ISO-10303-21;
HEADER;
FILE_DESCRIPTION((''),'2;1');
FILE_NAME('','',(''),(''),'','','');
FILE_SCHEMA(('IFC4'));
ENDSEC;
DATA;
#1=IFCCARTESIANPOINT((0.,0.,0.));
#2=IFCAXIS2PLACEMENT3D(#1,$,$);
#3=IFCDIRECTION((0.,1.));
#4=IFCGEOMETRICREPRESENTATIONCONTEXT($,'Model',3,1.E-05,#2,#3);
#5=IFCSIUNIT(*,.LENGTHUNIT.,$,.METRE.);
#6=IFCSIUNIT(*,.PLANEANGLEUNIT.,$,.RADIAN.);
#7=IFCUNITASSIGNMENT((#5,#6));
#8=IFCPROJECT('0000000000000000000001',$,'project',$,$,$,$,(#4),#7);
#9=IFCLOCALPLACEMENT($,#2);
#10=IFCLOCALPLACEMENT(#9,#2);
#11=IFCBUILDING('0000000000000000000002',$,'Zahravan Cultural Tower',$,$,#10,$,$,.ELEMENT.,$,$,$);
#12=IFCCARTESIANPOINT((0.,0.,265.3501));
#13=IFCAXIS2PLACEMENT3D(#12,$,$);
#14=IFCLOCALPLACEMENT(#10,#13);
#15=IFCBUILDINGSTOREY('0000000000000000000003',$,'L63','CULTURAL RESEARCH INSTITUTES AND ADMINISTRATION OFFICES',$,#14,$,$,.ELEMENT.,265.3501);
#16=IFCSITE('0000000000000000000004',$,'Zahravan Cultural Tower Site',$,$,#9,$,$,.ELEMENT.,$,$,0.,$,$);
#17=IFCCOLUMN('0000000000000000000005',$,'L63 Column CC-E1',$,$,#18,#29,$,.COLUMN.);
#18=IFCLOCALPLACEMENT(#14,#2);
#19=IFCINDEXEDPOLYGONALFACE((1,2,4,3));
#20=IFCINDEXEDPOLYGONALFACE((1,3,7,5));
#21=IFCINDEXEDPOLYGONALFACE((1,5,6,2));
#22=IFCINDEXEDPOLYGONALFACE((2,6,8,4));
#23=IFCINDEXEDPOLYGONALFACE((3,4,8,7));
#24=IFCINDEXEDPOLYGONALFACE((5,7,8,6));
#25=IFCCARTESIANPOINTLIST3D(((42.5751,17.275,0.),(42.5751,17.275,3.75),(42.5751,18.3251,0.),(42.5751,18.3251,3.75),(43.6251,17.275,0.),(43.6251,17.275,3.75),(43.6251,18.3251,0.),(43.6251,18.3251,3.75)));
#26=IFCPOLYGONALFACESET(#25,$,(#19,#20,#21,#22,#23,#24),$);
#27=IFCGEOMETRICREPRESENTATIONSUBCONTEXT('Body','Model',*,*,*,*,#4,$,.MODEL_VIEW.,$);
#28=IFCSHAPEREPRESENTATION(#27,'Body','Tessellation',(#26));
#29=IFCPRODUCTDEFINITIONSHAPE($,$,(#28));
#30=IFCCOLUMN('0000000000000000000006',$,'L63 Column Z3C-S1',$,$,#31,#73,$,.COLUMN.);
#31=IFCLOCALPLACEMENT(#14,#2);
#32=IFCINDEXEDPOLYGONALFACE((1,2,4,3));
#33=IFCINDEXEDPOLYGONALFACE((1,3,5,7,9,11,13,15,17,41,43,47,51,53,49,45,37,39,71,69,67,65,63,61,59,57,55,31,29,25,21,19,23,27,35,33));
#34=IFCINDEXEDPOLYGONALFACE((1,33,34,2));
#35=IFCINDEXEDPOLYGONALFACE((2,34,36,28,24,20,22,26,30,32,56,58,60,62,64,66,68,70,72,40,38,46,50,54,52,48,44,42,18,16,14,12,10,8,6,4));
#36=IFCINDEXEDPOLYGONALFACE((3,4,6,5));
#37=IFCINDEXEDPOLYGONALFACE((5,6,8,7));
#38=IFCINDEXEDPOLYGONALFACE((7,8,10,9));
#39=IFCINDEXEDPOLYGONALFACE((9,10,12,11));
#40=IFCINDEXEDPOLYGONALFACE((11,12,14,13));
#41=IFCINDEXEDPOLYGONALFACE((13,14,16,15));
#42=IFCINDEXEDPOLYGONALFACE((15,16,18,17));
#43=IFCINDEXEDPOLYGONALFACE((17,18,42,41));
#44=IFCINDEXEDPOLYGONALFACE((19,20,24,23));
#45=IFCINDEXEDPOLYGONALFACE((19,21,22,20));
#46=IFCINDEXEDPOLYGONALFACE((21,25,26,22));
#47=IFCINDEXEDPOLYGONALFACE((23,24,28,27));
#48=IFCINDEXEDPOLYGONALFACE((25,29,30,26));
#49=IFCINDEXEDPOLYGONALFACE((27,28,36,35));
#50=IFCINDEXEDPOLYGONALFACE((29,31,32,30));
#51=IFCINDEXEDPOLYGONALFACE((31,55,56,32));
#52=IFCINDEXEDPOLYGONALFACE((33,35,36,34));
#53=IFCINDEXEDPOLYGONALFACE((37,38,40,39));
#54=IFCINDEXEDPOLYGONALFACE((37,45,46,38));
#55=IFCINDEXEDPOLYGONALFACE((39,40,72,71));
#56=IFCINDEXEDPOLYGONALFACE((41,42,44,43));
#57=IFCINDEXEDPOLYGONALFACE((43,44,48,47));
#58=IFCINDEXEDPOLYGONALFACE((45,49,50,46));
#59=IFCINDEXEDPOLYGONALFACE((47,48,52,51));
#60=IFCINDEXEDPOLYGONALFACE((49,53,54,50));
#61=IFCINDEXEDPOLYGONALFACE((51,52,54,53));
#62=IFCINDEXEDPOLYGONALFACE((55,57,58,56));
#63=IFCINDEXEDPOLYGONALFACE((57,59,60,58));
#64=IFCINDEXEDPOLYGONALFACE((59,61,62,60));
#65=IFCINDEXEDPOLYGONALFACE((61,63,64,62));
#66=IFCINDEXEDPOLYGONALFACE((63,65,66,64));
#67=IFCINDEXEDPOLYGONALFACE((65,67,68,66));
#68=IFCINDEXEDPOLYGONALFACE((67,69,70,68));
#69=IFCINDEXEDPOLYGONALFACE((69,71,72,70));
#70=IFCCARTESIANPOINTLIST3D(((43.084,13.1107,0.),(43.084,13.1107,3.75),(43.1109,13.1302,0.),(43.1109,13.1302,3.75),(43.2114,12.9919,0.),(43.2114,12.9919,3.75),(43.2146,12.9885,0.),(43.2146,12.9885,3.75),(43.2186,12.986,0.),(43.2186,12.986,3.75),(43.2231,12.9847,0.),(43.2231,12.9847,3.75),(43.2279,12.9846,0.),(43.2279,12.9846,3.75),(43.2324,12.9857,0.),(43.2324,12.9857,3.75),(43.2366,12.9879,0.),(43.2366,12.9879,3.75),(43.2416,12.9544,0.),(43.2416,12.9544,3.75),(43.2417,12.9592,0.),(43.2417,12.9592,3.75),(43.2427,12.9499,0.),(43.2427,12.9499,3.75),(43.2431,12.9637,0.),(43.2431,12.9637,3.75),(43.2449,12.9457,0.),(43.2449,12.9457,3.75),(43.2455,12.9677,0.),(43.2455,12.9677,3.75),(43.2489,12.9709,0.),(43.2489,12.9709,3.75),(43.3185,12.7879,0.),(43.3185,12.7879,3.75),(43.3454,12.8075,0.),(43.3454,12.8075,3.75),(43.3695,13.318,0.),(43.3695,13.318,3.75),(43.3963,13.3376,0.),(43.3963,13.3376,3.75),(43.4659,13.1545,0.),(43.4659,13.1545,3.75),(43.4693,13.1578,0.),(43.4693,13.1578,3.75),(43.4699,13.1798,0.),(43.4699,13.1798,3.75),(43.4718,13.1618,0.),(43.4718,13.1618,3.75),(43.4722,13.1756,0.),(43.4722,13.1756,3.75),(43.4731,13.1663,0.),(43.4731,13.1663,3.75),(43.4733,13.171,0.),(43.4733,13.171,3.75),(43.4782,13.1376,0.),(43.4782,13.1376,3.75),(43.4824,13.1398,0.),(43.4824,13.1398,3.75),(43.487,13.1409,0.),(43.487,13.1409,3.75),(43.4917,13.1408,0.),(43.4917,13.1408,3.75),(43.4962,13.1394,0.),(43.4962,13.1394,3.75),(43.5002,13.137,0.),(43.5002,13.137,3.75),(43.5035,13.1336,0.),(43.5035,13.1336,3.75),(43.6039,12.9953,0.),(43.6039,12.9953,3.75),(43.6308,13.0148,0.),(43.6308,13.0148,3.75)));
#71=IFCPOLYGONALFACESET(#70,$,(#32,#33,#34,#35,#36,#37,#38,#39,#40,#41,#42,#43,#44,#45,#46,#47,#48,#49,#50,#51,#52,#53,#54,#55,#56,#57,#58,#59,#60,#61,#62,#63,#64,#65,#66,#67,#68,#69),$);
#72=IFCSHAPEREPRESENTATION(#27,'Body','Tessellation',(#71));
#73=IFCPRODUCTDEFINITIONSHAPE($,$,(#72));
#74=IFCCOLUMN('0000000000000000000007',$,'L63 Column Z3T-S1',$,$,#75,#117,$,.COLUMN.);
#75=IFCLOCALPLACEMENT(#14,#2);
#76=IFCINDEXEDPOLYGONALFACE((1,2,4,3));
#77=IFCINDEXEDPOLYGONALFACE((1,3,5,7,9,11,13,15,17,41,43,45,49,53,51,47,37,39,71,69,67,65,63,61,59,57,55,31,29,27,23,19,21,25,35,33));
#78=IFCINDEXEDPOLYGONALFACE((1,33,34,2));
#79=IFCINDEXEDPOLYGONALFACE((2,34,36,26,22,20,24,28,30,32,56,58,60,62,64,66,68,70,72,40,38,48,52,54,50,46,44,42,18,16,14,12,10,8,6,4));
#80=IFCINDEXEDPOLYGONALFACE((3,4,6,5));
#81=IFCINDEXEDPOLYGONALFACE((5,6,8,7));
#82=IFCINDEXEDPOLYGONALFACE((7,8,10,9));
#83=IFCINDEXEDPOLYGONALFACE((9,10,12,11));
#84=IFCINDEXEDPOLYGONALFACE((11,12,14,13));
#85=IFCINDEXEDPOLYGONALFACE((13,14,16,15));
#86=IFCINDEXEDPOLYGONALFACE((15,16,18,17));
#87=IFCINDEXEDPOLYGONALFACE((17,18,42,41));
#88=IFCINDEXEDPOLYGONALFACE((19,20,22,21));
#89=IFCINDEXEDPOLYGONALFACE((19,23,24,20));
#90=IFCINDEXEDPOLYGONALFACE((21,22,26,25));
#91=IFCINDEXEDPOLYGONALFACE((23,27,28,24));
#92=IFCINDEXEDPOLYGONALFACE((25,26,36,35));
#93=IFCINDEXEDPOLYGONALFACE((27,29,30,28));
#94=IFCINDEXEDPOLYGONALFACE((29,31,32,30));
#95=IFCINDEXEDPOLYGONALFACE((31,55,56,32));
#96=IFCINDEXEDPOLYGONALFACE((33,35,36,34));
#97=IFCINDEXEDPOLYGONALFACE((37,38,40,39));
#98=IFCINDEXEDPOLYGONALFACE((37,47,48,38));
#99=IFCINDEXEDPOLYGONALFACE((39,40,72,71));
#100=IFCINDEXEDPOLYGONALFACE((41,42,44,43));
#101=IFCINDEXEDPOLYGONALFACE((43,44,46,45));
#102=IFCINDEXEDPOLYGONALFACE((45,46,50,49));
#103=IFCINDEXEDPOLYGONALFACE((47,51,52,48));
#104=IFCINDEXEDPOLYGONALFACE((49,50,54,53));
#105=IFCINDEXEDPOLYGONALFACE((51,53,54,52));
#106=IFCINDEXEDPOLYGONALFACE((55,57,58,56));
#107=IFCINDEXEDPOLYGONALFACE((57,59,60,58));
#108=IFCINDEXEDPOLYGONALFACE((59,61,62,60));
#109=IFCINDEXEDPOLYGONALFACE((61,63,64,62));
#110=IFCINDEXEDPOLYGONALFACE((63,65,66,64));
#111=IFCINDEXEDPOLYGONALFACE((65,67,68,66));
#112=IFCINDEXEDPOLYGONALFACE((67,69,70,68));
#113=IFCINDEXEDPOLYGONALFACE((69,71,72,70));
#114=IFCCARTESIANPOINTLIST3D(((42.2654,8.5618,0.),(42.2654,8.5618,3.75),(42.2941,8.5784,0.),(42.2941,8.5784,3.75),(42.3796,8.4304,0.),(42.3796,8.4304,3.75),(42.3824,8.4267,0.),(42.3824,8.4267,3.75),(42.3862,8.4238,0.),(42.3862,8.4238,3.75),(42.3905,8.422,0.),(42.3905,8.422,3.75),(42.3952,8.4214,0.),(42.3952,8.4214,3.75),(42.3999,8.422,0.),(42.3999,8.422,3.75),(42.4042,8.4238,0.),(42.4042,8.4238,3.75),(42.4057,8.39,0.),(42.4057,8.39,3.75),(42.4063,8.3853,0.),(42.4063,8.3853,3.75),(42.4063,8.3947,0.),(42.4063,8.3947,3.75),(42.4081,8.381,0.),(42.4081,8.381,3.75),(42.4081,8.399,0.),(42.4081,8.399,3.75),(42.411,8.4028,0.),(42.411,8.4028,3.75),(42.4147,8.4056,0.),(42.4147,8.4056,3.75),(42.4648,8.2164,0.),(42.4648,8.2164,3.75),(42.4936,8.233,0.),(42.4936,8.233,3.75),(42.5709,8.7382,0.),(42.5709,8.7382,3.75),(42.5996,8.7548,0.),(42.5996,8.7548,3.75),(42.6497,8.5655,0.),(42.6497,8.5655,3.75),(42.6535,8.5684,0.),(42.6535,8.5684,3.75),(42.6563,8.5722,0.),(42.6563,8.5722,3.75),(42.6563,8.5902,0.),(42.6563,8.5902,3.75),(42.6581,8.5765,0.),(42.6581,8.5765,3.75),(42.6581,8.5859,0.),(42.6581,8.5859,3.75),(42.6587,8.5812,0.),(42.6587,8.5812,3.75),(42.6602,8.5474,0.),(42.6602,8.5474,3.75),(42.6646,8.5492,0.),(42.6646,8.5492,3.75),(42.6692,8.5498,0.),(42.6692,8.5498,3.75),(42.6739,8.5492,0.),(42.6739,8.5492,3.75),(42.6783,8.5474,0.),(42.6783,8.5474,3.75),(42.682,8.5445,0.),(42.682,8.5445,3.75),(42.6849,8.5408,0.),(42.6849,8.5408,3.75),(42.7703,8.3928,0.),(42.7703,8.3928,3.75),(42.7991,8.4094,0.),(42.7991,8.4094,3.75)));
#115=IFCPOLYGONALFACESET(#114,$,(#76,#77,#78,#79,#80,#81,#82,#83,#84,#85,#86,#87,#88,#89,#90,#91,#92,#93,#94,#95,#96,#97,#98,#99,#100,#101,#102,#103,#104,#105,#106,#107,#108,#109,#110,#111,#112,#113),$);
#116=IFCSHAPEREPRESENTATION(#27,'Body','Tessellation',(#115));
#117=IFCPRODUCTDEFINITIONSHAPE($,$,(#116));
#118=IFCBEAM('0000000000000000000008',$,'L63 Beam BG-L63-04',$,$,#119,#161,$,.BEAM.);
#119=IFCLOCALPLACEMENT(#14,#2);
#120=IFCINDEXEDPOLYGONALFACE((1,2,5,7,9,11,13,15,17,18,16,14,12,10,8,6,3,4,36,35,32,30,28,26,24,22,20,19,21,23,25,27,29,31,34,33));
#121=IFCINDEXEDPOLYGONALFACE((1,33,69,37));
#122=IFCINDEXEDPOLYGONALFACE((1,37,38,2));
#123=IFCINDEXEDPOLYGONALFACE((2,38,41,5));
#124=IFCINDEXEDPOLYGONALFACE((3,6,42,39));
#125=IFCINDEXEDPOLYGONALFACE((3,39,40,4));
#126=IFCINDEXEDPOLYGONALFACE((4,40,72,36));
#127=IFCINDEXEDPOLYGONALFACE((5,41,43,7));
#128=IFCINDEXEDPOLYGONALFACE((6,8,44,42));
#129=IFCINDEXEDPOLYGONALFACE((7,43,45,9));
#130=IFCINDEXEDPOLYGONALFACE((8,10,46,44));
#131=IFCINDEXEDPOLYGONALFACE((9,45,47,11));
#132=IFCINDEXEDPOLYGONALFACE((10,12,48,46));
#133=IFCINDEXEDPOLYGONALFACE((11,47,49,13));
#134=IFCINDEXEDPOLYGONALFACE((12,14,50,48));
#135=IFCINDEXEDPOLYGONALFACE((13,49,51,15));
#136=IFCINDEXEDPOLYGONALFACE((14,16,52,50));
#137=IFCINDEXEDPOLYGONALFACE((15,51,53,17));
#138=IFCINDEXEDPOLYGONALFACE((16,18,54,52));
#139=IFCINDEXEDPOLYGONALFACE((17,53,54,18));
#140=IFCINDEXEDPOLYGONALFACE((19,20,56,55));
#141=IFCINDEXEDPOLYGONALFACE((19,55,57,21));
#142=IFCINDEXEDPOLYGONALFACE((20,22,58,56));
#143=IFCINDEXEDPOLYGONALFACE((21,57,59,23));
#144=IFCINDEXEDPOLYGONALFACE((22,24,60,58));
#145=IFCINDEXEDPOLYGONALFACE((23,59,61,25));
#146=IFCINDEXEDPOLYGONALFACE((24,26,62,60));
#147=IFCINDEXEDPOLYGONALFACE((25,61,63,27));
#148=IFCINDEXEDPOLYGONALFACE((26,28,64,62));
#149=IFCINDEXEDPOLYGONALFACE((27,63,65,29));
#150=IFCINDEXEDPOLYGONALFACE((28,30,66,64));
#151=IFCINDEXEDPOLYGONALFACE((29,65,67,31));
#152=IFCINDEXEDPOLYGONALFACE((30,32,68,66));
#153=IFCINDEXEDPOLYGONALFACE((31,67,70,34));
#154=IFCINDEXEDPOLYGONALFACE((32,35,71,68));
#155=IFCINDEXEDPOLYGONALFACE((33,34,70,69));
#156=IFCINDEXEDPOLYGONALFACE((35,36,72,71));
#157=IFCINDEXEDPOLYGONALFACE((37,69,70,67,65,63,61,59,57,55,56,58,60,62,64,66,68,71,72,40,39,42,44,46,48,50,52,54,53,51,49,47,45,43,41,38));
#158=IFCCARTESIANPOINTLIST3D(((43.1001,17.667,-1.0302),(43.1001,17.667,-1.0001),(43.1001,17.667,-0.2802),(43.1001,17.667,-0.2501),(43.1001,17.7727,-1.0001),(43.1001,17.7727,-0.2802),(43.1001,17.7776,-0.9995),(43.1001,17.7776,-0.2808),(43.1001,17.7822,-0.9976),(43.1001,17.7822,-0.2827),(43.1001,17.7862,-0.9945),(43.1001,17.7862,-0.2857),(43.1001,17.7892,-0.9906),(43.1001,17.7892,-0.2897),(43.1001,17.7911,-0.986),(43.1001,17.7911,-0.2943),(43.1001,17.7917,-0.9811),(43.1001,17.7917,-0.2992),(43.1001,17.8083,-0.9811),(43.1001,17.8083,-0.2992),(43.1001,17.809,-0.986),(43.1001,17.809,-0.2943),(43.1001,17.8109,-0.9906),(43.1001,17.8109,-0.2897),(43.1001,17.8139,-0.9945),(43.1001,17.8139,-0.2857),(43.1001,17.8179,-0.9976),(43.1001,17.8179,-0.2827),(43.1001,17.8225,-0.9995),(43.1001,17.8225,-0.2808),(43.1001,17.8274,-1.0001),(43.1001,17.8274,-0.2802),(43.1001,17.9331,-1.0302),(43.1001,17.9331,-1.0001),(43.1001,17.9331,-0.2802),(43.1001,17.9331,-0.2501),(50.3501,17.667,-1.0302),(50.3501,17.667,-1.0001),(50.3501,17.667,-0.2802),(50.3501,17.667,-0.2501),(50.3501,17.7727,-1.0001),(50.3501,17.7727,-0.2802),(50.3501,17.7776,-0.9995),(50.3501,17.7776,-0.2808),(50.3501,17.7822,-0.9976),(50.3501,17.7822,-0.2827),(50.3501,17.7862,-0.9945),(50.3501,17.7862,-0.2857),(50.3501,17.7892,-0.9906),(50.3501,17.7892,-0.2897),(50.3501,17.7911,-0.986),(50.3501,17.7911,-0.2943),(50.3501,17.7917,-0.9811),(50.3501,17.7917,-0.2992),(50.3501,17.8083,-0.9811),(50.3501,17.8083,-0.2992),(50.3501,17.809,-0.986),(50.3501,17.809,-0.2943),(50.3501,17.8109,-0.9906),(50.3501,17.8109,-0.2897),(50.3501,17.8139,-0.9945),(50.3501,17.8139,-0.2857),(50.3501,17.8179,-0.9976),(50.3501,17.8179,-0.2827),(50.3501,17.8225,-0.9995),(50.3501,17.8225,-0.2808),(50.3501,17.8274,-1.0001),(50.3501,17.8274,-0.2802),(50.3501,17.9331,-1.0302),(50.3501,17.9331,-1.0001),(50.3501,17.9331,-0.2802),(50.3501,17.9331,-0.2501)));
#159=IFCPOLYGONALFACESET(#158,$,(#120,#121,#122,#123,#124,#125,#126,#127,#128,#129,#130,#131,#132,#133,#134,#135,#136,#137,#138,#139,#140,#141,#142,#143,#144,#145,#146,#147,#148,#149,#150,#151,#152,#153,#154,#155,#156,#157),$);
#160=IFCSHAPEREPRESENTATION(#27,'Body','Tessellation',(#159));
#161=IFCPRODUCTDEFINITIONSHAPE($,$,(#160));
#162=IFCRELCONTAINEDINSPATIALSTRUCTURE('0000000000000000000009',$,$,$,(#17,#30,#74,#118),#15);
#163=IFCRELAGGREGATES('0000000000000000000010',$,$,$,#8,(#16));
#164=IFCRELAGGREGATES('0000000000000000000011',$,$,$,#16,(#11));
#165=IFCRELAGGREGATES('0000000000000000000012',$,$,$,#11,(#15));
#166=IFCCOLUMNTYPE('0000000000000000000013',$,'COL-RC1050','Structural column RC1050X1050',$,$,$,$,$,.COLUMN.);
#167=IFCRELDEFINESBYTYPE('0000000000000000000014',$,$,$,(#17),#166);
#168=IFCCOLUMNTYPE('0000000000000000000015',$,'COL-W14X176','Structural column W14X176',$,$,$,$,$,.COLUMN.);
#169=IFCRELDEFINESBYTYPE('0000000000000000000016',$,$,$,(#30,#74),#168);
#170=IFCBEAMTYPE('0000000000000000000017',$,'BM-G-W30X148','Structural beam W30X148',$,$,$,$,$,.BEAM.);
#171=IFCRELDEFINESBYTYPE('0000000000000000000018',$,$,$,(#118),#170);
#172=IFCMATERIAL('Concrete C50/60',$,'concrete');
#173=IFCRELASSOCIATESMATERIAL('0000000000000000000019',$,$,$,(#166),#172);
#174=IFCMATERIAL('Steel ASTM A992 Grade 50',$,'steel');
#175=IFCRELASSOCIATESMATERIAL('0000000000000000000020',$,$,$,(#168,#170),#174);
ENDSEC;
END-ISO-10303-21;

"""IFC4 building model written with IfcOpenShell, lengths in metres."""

from ifc_helpers import new_model, si_unit, direction, frame, origin, origin_2d, place, context, subcontext, project, spatial, rectangle, i_section, extrude, source, transform, mapped, material, material_profile, profile_set, type_object, element, save


model = new_model("IFC4")

# Units and contexts
model_context = context("Model", 3, precision=1e-05, world=origin(), true_north=direction((0.0, 1.0)))
body_context = subcontext(model_context, "Body", "Model", "MODEL_VIEW")
ifc_project = project(units=[si_unit("LENGTHUNIT", "METRE"), si_unit("PLANEANGLEUNIT", "RADIAN")], contexts=[model_context])

# Site, building, storey
site_placement = place(None, origin())
site = spatial("IfcSite", under=ifc_project, at=site_placement, Name="Zahravan Cultural Tower Site", CompositionType="ELEMENT", RefElevation=0.0)
building_placement = place(site_placement, origin())
building = spatial("IfcBuilding", under=site, at=building_placement, Name="Zahravan Cultural Tower", CompositionType="ELEMENT")
storey_placement = place(building_placement, frame((0.0, 0.0, 265.3501)))
storey = spatial("IfcBuildingStorey", under=building, at=storey_placement, Name="L63", Description="CULTURAL RESEARCH INSTITUTES AND ADMINISTRATION OFFICES", CompositionType="ELEMENT", Elevation=265.3501)

# Columns
ifc_material_1 = material(Name="Concrete C50/60", Category="concrete")
ifc_material_profile_1 = material_profile(ifc_material_1, rectangle(XDim=1.05, YDim=1.05, at=origin_2d()), Name="RC1050X1050")
ifc_profile_set_1 = profile_set([ifc_material_profile_1], Name="Concrete C50/60")
column_type_1 = type_object("IfcColumnType", Name="COL-RC1050", Description="Structural column RC1050X1050", PredefinedType="COLUMN", material=ifc_profile_set_1)
shared_shape_1 = source(origin(), body_context, "Body", "SweptSolid", [
    extrude(rectangle(XDim=1.05, YDim=1.05, at=origin_2d()), origin(), (0.0, 0.0, 1.0), 3.75),
])
column_placement = place(storey_placement, frame((43.1001, 17.8, 0.0), z_axis=(0.0, 0.0, 1.0), x_axis=(1.0, 0.0, 0.0)))
element("IfcColumn", 1, at=column_placement, inside=storey, type_object=column_type_1, Name="L63 Column CC-E1", PredefinedType="COLUMN", context=body_context, shape_type="MappedRepresentation", body=[
    mapped(shared_shape_1, transform((0.0, 0.0, 0.0), x_axis=(1.0, 0.0, 0.0), y_axis=(0.0, 1.0, 0.0), z_axis=(0.0, 0.0, 1.0), scale=1.0)),
])
ifc_material_2 = material(Name="Steel ASTM A992 Grade 50", Category="steel")
ifc_material_profile_2 = material_profile(ifc_material_2, i_section(OverallWidth=0.3989, OverallDepth=0.386, WebThickness=0.021, FlangeThickness=0.0332, FilletRadius=0.0181, at=origin_2d()), Name="W14X176")
ifc_profile_set_2 = profile_set([ifc_material_profile_2], Name="Steel ASTM A992 Grade 50")
column_type_2 = type_object("IfcColumnType", Name="COL-W14X176", Description="Structural column W14X176", PredefinedType="COLUMN", material=ifc_profile_set_2)
shared_shape_2 = source(origin(), body_context, "Body", "SweptSolid", [
    extrude(i_section(OverallWidth=0.3989, OverallDepth=0.386, WebThickness=0.021, FlangeThickness=0.0332, FilletRadius=0.0181, at=origin_2d()), origin(), (0.0, 0.0, 1.0), 3.75),
])
for number, where, z_axis, x_axis, name in (
    (2, (43.3574, 13.0627, 0.0), (0.0, 0.0, 1.0), (-0.587785, 0.809017, 0.0), "L63 Column Z3C-S1"),
    (3, (42.5322, 8.4856, 0.0), (0.0, 0.0, 1.0), (-0.5, 0.866025, 0.0), "L63 Column Z3T-S1"),
):
    element("IfcColumn", number, at=place(storey_placement, frame(where, z_axis=z_axis, x_axis=x_axis)), inside=storey, type_object=column_type_2, Name=name, PredefinedType="COLUMN", context=body_context, shape_type="MappedRepresentation", body=[
        mapped(shared_shape_2, transform((0.0, 0.0, 0.0), x_axis=(1.0, 0.0, 0.0), y_axis=(0.0, 1.0, 0.0), z_axis=(0.0, 0.0, 1.0), scale=1.0)),
    ])

# Beam
ifc_material_profile_3 = material_profile(ifc_material_2, i_section(OverallWidth=0.2661, OverallDepth=0.78, WebThickness=0.0166, FlangeThickness=0.03, FilletRadius=0.019, at=origin_2d()), Name="W30X148")
ifc_profile_set_3 = profile_set([ifc_material_profile_3], Name="Steel ASTM A992 Grade 50")
beam_type_1 = type_object("IfcBeamType", Name="BM-G-W30X148", Description="Structural beam W30X148", PredefinedType="BEAM", material=ifc_profile_set_3)
shared_shape_3 = source(origin(), body_context, "Body", "SweptSolid", [
    extrude(i_section(OverallWidth=0.2661, OverallDepth=0.78, WebThickness=0.0166, FlangeThickness=0.03, FilletRadius=0.019, at=origin_2d()), origin(), (0.0, 0.0, 1.0), 7.25),
])
beam_1_placement = place(storey_placement, frame((43.1001, 17.8, -0.6401), z_axis=(1.0, 0.0, 0.0), x_axis=(0.0, 1.0, 0.0)))
element("IfcBeam", 4, at=beam_1_placement, inside=storey, type_object=beam_type_1, Name="L63 Beam BG-L63-04", PredefinedType="BEAM", context=body_context, shape_type="MappedRepresentation", body=[
    mapped(shared_shape_3, transform((0.0, 0.0, 0.0), x_axis=(1.0, 0.0, 0.0), y_axis=(0.0, 1.0, 0.0), z_axis=(0.0, 0.0, 1.0), scale=1.0)),
])

save(model, "model.ifc")
